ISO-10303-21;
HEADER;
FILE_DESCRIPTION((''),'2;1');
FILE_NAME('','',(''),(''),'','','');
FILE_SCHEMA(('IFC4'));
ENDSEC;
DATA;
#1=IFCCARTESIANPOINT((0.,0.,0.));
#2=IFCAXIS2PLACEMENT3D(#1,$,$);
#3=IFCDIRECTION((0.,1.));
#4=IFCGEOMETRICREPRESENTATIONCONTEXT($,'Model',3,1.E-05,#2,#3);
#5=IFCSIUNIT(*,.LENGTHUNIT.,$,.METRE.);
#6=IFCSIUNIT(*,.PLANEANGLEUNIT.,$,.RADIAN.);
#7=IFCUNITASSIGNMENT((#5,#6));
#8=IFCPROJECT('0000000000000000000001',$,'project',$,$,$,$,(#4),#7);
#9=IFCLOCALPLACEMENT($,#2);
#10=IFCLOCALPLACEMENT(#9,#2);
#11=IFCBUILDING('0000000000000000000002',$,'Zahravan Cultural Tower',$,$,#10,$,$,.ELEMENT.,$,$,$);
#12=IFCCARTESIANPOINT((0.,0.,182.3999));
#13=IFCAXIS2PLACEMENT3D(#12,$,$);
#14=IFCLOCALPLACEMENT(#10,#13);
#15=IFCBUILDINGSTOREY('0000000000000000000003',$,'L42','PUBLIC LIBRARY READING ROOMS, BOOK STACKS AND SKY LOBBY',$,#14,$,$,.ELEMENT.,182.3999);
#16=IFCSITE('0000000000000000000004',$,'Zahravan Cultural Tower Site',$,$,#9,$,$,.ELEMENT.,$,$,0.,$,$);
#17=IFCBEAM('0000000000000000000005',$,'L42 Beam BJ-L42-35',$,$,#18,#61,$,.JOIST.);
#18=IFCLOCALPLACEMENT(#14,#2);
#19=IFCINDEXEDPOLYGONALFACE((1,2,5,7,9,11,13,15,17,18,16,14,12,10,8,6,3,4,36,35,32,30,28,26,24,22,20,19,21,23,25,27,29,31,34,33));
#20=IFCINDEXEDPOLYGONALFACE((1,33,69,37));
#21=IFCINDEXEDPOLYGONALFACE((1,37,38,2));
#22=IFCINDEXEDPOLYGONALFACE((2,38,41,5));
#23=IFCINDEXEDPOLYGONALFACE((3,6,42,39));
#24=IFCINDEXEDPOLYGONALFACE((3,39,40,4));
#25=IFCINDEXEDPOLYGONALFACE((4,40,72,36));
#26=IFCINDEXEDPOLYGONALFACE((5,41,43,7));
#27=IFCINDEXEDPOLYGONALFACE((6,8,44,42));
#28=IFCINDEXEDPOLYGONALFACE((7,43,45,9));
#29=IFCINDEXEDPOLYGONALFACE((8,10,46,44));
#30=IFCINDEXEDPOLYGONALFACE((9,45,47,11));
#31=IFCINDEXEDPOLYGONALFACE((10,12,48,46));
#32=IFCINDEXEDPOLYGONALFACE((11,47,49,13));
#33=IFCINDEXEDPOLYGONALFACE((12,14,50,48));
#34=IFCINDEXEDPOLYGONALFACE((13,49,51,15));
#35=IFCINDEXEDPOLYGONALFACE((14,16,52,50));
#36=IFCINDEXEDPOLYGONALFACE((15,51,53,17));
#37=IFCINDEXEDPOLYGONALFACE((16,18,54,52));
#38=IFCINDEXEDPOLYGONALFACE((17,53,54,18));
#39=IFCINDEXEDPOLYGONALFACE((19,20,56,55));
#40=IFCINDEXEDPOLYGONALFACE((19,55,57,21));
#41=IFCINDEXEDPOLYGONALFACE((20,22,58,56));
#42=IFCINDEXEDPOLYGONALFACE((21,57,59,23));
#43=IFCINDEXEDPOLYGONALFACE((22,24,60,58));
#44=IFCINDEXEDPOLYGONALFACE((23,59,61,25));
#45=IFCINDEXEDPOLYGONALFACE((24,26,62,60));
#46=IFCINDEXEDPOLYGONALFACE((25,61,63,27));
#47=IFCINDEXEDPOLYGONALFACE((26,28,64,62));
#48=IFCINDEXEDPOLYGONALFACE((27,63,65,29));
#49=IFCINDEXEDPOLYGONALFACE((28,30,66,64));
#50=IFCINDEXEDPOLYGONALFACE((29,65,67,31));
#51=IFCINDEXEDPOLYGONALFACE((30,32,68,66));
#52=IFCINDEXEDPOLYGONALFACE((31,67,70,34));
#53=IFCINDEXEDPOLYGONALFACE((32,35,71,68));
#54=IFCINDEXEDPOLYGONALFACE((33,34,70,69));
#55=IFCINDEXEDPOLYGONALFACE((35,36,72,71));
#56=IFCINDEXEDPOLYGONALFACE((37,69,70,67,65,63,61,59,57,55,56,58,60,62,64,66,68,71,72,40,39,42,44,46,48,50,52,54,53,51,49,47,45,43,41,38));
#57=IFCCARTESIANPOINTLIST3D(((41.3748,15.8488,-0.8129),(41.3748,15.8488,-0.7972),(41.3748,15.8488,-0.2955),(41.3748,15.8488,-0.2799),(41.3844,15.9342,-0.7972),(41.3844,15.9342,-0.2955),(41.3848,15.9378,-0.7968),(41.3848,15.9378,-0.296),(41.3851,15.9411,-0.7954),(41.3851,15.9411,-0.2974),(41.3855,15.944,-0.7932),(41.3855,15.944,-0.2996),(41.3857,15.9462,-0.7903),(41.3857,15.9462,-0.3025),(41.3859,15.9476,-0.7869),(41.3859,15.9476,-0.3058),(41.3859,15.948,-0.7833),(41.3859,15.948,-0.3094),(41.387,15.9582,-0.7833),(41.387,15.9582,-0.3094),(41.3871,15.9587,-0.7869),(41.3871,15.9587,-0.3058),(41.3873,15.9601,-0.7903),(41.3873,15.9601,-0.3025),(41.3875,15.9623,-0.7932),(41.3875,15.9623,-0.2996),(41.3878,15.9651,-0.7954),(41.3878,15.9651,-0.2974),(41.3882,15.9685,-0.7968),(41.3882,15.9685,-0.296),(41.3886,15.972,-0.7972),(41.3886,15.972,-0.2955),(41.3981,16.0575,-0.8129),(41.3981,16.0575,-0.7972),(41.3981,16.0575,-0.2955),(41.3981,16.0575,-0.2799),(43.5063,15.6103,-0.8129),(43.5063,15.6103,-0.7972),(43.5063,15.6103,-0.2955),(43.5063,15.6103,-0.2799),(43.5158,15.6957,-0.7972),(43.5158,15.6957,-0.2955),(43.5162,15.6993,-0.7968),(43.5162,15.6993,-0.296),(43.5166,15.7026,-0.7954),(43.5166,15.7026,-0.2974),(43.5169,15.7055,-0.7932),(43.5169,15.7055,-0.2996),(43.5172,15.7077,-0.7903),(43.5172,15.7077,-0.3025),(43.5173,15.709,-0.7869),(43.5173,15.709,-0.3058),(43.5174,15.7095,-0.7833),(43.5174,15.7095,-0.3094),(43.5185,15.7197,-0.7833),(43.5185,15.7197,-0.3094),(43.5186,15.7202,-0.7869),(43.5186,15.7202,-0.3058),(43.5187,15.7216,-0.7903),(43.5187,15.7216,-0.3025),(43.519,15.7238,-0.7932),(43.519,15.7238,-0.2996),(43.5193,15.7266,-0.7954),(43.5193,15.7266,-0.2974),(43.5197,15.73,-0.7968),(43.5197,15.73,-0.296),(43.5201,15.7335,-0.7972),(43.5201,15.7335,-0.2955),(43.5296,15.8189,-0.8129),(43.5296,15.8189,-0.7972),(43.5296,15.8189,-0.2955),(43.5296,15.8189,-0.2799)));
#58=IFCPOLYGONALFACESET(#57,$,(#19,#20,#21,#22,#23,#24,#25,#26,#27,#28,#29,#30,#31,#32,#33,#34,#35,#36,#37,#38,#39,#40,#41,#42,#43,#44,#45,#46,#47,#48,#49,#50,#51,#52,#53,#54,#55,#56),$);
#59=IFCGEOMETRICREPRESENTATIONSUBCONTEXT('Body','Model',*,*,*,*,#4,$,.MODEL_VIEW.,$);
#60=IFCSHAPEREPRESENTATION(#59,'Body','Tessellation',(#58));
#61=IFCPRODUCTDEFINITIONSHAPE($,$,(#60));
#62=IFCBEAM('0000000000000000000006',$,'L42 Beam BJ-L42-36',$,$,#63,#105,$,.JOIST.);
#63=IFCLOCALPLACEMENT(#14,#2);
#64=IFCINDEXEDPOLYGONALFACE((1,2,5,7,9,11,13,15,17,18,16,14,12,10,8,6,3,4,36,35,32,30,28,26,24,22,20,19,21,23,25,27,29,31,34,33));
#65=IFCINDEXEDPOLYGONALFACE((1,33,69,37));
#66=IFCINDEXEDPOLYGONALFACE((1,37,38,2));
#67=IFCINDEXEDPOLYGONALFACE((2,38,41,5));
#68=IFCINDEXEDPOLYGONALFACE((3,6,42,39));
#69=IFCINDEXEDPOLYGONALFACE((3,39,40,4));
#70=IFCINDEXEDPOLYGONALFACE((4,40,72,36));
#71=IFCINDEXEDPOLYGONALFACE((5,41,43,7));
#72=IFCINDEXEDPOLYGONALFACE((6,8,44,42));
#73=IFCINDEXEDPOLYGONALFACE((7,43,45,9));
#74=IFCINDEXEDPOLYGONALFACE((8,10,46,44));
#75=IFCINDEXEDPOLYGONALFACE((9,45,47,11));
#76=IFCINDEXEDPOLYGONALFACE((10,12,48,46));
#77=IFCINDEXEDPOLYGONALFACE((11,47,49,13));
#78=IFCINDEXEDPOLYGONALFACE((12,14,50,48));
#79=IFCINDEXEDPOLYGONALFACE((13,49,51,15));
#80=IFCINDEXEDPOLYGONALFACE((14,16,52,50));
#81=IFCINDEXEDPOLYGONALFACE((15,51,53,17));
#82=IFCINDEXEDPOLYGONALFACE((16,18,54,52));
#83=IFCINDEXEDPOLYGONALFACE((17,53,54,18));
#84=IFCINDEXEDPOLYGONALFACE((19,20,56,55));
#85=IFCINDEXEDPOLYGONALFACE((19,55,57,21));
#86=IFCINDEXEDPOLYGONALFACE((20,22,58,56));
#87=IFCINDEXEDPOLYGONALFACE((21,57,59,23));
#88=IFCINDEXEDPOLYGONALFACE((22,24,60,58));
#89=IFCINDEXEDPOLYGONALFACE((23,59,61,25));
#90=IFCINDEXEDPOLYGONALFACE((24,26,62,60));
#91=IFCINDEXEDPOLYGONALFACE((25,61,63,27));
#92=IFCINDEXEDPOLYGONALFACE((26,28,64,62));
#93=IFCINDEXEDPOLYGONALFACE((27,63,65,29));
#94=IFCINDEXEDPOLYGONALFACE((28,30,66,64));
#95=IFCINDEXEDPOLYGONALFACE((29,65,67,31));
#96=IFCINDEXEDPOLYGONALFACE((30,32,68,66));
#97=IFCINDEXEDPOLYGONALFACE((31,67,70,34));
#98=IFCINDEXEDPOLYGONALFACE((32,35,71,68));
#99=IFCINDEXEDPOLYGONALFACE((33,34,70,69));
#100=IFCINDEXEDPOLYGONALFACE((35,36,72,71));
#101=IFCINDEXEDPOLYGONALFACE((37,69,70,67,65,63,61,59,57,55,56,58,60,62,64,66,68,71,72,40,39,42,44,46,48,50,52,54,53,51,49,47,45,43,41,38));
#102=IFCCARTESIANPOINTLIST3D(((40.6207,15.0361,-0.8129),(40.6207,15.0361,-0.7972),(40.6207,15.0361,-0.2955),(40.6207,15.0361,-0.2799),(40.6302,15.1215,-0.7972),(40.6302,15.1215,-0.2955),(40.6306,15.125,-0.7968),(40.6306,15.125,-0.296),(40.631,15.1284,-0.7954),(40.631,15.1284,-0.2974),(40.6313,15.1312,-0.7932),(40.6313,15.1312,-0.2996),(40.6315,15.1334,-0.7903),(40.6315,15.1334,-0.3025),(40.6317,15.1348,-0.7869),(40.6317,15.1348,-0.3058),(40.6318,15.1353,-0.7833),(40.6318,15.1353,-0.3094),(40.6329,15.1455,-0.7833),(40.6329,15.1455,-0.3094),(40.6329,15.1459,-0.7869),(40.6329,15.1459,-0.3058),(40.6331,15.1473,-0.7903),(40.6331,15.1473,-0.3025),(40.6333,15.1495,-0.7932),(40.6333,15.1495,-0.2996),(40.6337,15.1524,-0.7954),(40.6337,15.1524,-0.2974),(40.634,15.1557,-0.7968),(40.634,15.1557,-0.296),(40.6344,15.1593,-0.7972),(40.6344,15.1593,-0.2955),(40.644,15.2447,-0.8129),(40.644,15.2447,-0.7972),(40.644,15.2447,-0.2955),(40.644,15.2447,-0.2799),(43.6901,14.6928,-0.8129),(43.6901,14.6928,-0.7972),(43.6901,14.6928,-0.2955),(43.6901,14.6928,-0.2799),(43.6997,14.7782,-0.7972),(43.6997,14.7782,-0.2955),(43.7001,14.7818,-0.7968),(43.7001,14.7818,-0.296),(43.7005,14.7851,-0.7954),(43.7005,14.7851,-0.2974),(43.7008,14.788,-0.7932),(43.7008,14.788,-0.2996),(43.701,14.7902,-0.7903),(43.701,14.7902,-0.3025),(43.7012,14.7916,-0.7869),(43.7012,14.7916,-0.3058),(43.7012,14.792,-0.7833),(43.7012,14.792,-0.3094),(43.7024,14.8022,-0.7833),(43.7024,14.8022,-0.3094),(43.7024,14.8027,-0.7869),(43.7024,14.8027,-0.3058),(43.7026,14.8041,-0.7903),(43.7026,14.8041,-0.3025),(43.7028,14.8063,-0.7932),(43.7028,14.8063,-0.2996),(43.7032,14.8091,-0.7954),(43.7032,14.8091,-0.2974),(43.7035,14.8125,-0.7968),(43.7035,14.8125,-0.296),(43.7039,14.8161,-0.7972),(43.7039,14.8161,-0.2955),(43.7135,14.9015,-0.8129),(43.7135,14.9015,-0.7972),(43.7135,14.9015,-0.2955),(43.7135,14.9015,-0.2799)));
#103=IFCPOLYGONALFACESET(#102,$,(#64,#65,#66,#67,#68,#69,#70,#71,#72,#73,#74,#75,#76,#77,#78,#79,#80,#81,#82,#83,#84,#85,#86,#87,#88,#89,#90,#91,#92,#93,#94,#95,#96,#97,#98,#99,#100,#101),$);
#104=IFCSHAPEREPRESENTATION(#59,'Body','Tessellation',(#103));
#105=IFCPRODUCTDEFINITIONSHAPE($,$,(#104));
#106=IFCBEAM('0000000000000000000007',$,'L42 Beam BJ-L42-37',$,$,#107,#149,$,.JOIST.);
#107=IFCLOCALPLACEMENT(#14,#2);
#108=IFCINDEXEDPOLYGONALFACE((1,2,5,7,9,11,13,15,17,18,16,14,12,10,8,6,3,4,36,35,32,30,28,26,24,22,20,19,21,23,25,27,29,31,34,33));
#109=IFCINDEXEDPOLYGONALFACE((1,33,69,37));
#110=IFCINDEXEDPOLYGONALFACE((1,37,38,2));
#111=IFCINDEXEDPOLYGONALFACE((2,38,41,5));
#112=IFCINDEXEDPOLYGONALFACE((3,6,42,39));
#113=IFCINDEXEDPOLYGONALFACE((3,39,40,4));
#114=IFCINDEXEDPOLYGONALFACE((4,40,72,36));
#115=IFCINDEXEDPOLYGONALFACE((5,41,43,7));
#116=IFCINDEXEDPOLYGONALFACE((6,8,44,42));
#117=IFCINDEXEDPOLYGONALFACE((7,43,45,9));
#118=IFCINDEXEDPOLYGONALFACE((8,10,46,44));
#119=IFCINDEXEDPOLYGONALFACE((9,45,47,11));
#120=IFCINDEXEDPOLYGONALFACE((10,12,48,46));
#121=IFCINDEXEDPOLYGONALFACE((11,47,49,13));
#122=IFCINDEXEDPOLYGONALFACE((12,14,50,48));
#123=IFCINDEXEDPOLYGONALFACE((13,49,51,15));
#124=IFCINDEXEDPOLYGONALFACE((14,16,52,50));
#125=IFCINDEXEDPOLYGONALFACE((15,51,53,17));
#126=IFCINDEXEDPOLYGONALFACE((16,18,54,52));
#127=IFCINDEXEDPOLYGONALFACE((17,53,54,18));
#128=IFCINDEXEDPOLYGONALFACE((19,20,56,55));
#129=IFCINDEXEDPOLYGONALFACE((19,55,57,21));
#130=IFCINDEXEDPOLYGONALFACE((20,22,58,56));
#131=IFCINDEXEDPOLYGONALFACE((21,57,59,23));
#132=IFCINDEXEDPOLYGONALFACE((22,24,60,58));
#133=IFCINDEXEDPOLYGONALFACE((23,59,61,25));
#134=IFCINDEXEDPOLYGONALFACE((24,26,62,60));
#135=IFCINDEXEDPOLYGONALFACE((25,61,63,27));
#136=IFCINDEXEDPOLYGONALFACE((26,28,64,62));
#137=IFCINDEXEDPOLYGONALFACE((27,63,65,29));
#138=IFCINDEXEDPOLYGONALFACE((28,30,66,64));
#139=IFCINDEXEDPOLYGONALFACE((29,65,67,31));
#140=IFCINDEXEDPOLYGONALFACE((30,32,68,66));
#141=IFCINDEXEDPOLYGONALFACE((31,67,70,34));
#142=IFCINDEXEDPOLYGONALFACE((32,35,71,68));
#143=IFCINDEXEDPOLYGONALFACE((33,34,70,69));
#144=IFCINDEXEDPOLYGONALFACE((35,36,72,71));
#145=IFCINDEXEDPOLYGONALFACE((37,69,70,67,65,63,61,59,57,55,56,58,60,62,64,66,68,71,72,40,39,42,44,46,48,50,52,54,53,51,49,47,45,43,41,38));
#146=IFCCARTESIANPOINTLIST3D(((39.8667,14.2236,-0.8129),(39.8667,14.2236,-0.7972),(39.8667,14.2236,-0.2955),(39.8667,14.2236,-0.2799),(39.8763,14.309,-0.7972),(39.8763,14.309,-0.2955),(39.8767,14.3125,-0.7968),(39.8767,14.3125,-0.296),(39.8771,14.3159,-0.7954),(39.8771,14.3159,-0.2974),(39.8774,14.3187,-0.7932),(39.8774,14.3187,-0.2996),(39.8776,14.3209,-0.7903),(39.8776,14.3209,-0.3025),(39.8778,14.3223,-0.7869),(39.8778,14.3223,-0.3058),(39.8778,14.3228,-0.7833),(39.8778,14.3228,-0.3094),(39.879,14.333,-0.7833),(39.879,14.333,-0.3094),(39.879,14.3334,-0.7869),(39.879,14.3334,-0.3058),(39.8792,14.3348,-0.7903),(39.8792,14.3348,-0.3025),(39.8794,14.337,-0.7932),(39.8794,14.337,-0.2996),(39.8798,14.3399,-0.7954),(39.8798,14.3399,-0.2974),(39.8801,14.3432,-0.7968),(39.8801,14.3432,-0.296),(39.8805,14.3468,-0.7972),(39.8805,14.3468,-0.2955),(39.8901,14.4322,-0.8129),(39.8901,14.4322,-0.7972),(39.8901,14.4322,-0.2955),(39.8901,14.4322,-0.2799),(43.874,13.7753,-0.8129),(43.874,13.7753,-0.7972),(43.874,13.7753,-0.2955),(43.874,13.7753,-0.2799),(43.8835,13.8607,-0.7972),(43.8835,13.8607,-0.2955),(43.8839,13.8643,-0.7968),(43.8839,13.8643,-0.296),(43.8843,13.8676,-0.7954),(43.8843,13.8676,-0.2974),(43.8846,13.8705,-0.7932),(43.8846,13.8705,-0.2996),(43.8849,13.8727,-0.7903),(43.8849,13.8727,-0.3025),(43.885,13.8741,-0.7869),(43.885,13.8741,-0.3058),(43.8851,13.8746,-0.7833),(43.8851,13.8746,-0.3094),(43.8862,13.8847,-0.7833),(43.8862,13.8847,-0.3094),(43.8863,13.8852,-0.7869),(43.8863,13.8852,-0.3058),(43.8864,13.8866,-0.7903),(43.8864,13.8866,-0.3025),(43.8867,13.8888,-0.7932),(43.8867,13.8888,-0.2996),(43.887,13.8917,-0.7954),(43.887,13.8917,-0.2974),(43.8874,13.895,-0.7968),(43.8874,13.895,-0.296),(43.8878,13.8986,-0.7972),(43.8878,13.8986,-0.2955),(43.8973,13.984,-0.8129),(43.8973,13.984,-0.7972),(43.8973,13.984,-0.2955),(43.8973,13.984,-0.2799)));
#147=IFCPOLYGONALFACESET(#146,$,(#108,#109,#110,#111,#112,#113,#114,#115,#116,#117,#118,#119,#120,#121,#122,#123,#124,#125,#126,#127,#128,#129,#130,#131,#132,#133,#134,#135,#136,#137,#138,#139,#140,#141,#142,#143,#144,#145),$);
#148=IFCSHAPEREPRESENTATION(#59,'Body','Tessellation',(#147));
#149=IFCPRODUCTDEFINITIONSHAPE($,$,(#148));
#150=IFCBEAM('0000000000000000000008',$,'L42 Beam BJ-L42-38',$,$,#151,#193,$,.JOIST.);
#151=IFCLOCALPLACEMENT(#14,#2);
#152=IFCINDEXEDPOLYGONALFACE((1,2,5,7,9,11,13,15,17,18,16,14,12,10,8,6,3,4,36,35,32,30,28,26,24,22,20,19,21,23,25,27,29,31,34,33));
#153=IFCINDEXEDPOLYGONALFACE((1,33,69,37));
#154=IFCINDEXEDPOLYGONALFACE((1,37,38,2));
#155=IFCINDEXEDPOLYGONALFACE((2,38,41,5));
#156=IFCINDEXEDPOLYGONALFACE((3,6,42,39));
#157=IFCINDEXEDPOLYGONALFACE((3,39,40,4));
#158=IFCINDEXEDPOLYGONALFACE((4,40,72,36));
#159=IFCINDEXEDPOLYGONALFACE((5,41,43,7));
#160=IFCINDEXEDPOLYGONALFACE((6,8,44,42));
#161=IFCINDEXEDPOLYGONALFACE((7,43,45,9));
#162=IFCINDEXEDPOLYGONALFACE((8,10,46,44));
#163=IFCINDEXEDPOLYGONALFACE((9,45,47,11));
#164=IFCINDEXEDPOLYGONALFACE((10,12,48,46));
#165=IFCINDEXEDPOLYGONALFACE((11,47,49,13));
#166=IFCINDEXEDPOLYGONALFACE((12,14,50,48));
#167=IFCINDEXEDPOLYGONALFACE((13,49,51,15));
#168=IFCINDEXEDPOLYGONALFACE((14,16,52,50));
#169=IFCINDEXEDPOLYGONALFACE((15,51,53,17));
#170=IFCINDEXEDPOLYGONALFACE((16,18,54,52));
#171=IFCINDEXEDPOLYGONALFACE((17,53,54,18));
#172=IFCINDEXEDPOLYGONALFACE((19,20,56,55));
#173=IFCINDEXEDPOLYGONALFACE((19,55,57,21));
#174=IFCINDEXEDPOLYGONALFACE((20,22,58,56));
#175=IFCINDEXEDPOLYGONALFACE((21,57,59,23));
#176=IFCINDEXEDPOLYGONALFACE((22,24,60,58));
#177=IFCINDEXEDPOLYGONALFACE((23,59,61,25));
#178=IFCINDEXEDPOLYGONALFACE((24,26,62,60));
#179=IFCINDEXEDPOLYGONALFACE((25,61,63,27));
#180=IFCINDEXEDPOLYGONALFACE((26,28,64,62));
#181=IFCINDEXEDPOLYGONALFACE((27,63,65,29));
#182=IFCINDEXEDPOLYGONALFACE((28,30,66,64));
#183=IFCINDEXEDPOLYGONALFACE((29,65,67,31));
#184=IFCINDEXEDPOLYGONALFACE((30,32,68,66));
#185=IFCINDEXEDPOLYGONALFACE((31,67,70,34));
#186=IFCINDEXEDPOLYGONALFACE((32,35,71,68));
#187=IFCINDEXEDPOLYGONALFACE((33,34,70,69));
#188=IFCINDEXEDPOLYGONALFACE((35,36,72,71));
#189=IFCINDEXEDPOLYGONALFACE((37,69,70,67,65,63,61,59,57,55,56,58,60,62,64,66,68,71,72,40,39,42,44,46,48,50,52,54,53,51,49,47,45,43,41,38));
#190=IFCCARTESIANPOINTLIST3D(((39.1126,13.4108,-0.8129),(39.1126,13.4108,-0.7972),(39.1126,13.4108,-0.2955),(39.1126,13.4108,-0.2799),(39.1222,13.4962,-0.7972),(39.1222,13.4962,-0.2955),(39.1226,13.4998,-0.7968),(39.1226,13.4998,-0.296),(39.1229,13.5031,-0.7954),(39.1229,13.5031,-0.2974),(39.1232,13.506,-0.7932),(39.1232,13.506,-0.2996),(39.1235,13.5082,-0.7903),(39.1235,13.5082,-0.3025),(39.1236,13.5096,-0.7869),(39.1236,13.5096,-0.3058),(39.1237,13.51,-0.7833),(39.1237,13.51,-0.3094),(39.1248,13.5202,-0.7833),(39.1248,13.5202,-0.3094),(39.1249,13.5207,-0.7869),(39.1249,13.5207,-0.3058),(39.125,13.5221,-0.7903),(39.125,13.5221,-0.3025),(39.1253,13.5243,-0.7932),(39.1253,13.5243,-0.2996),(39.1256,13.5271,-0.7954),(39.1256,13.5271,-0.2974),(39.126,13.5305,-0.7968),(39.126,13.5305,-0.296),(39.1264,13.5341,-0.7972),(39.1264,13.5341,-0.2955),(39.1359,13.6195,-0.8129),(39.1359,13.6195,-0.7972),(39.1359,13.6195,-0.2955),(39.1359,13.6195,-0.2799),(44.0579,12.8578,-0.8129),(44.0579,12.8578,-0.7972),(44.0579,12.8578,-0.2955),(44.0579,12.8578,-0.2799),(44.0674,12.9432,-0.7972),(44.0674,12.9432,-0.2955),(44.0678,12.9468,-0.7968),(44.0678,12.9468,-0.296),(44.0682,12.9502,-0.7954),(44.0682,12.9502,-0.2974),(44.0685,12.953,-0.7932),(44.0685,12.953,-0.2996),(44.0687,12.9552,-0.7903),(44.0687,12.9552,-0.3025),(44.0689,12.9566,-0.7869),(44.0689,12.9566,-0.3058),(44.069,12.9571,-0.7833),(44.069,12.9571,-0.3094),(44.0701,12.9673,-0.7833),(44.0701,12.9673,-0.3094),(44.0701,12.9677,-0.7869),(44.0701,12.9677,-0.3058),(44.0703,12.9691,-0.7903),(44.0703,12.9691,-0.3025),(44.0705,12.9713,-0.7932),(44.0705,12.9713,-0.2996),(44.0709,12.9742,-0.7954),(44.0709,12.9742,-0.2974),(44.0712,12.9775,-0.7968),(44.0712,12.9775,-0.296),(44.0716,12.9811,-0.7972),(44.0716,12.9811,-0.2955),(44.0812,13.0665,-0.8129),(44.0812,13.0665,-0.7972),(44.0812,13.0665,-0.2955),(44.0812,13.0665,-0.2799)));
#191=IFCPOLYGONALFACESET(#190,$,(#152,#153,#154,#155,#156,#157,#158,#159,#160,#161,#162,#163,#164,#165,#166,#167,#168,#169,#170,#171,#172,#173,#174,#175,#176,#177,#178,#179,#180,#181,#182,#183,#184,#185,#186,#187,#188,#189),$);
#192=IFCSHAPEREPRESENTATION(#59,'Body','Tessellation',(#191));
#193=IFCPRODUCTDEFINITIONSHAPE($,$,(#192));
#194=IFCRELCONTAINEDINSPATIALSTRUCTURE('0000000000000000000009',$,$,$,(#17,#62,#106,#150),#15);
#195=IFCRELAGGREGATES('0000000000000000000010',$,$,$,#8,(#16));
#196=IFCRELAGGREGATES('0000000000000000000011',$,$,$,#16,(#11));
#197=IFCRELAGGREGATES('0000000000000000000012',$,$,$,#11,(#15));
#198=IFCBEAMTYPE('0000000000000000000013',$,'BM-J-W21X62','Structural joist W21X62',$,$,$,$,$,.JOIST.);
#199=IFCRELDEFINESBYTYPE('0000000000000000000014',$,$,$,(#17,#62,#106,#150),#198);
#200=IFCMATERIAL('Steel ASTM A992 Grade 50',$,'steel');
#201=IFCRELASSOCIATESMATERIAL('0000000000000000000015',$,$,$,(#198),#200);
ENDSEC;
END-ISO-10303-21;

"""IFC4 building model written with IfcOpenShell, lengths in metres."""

from ifc_helpers import new_model, si_unit, direction, frame, origin, origin_2d, place, context, subcontext, project, spatial, i_section, extrude, source, transform, mapped, material, material_profile, profile_set, type_object, element, save


model = new_model("IFC4")

# Units and contexts
model_context = context("Model", 3, precision=1e-05, world=origin(), true_north=direction((0.0, 1.0)))
body_context = subcontext(model_context, "Body", "Model", "MODEL_VIEW")
ifc_project = project(units=[si_unit("LENGTHUNIT", "METRE"), si_unit("PLANEANGLEUNIT", "RADIAN")], contexts=[model_context])

# Site, building, storey
site_placement = place(None, origin())
site = spatial("IfcSite", under=ifc_project, at=site_placement, Name="Zahravan Cultural Tower Site", CompositionType="ELEMENT", RefElevation=0.0)
building_placement = place(site_placement, origin())
building = spatial("IfcBuilding", under=site, at=building_placement, Name="Zahravan Cultural Tower", CompositionType="ELEMENT")
storey_placement = place(building_placement, frame((0.0, 0.0, 182.3999)))
storey = spatial("IfcBuildingStorey", under=building, at=storey_placement, Name="L42", Description="PUBLIC LIBRARY READING ROOMS, BOOK STACKS AND SKY LOBBY", CompositionType="ELEMENT", Elevation=182.3999)

# Shared definitions
ifc_material_1 = material(Name="Steel ASTM A992 Grade 50", Category="steel")

# Beams
ifc_material_profile_1 = material_profile(ifc_material_1, i_section(OverallWidth=0.21, OverallDepth=0.533, WebThickness=0.0103, FlangeThickness=0.0156, FilletRadius=0.0139, at=origin_2d()), Name="W21X62")
ifc_profile_set_1 = profile_set([ifc_material_profile_1], Name="Steel ASTM A992 Grade 50")
beam_type_1 = type_object("IfcBeamType", Name="BM-J-W21X62", Description="Structural joist W21X62", PredefinedType="JOIST", material=ifc_profile_set_1)
shared_shape_1 = source(origin(), body_context, "Body", "SweptSolid", [
    extrude(i_section(OverallWidth=0.21, OverallDepth=0.533, WebThickness=0.0103, FlangeThickness=0.0156, FilletRadius=0.0139, at=origin_2d()), origin(), (0.0, 0.0, 1.0), 2.1448),
])
beam_1_placement = place(storey_placement, frame((41.3865, 15.9531, -0.5464), z_axis=(0.993797, -0.111206, 0.0), x_axis=(0.111206, 0.993797, 0.0)))
element("IfcBeam", 1, at=beam_1_placement, inside=storey, type_object=beam_type_1, Name="L42 Beam BJ-L42-35", PredefinedType="JOIST", context=body_context, shape_type="MappedRepresentation", body=[
    mapped(shared_shape_1, transform((0.0, 0.0, 0.0), x_axis=(1.0, 0.0, 0.0), y_axis=(0.0, 1.0, 0.0), z_axis=(0.0, 0.0, 1.0), scale=1.0)),
])
shared_shape_2 = source(origin(), body_context, "Body", "SweptSolid", [
    extrude(i_section(OverallWidth=0.21, OverallDepth=0.533, WebThickness=0.0103, FlangeThickness=0.0156, FilletRadius=0.0139, at=origin_2d()), origin(), (0.0, 0.0, 1.0), 3.0886),
])
beam_2_placement = place(storey_placement, frame((40.6323, 15.1404, -0.5464), z_axis=(0.993805, -0.111134, 0.0), x_axis=(0.111134, 0.993805, 0.0)))
element("IfcBeam", 2, at=beam_2_placement, inside=storey, type_object=beam_type_1, Name="L42 Beam BJ-L42-36", PredefinedType="JOIST", context=body_context, shape_type="MappedRepresentation", body=[
    mapped(shared_shape_2, transform((0.0, 0.0, 0.0), x_axis=(1.0, 0.0, 0.0), y_axis=(0.0, 1.0, 0.0), z_axis=(0.0, 0.0, 1.0), scale=1.0)),
])
shared_shape_3 = source(origin(), body_context, "Body", "SweptSolid", [
    extrude(i_section(OverallWidth=0.21, OverallDepth=0.533, WebThickness=0.0103, FlangeThickness=0.0156, FilletRadius=0.0139, at=origin_2d()), origin(), (0.0, 0.0, 1.0), 4.0322),
])
beam_3_placement = place(storey_placement, frame((39.8784, 14.3279, -0.5464), z_axis=(0.993802, -0.111162, 0.0), x_axis=(0.111162, 0.993802, 0.0)))
element("IfcBeam", 3, at=beam_3_placement, inside=storey, type_object=beam_type_1, Name="L42 Beam BJ-L42-37", PredefinedType="JOIST", context=body_context, shape_type="MappedRepresentation", body=[
    mapped(shared_shape_3, transform((0.0, 0.0, 0.0), x_axis=(1.0, 0.0, 0.0), y_axis=(0.0, 1.0, 0.0), z_axis=(0.0, 0.0, 1.0), scale=1.0)),
])
shared_shape_4 = source(origin(), body_context, "Body", "SweptSolid", [
    extrude(i_section(OverallWidth=0.21, OverallDepth=0.533, WebThickness=0.0103, FlangeThickness=0.0156, FilletRadius=0.0139, at=origin_2d()), origin(), (0.0, 0.0, 1.0), 4.9761),
])
beam_4_placement = place(storey_placement, frame((39.1243, 13.5151, -0.5464), z_axis=(0.993806, -0.111126, 0.0), x_axis=(0.111126, 0.993806, 0.0)))
element("IfcBeam", 4, at=beam_4_placement, inside=storey, type_object=beam_type_1, Name="L42 Beam BJ-L42-38", PredefinedType="JOIST", context=body_context, shape_type="MappedRepresentation", body=[
    mapped(shared_shape_4, transform((0.0, 0.0, 0.0), x_axis=(1.0, 0.0, 0.0), y_axis=(0.0, 1.0, 0.0), z_axis=(0.0, 0.0, 1.0), scale=1.0)),
])

save(model, "model.ifc")
